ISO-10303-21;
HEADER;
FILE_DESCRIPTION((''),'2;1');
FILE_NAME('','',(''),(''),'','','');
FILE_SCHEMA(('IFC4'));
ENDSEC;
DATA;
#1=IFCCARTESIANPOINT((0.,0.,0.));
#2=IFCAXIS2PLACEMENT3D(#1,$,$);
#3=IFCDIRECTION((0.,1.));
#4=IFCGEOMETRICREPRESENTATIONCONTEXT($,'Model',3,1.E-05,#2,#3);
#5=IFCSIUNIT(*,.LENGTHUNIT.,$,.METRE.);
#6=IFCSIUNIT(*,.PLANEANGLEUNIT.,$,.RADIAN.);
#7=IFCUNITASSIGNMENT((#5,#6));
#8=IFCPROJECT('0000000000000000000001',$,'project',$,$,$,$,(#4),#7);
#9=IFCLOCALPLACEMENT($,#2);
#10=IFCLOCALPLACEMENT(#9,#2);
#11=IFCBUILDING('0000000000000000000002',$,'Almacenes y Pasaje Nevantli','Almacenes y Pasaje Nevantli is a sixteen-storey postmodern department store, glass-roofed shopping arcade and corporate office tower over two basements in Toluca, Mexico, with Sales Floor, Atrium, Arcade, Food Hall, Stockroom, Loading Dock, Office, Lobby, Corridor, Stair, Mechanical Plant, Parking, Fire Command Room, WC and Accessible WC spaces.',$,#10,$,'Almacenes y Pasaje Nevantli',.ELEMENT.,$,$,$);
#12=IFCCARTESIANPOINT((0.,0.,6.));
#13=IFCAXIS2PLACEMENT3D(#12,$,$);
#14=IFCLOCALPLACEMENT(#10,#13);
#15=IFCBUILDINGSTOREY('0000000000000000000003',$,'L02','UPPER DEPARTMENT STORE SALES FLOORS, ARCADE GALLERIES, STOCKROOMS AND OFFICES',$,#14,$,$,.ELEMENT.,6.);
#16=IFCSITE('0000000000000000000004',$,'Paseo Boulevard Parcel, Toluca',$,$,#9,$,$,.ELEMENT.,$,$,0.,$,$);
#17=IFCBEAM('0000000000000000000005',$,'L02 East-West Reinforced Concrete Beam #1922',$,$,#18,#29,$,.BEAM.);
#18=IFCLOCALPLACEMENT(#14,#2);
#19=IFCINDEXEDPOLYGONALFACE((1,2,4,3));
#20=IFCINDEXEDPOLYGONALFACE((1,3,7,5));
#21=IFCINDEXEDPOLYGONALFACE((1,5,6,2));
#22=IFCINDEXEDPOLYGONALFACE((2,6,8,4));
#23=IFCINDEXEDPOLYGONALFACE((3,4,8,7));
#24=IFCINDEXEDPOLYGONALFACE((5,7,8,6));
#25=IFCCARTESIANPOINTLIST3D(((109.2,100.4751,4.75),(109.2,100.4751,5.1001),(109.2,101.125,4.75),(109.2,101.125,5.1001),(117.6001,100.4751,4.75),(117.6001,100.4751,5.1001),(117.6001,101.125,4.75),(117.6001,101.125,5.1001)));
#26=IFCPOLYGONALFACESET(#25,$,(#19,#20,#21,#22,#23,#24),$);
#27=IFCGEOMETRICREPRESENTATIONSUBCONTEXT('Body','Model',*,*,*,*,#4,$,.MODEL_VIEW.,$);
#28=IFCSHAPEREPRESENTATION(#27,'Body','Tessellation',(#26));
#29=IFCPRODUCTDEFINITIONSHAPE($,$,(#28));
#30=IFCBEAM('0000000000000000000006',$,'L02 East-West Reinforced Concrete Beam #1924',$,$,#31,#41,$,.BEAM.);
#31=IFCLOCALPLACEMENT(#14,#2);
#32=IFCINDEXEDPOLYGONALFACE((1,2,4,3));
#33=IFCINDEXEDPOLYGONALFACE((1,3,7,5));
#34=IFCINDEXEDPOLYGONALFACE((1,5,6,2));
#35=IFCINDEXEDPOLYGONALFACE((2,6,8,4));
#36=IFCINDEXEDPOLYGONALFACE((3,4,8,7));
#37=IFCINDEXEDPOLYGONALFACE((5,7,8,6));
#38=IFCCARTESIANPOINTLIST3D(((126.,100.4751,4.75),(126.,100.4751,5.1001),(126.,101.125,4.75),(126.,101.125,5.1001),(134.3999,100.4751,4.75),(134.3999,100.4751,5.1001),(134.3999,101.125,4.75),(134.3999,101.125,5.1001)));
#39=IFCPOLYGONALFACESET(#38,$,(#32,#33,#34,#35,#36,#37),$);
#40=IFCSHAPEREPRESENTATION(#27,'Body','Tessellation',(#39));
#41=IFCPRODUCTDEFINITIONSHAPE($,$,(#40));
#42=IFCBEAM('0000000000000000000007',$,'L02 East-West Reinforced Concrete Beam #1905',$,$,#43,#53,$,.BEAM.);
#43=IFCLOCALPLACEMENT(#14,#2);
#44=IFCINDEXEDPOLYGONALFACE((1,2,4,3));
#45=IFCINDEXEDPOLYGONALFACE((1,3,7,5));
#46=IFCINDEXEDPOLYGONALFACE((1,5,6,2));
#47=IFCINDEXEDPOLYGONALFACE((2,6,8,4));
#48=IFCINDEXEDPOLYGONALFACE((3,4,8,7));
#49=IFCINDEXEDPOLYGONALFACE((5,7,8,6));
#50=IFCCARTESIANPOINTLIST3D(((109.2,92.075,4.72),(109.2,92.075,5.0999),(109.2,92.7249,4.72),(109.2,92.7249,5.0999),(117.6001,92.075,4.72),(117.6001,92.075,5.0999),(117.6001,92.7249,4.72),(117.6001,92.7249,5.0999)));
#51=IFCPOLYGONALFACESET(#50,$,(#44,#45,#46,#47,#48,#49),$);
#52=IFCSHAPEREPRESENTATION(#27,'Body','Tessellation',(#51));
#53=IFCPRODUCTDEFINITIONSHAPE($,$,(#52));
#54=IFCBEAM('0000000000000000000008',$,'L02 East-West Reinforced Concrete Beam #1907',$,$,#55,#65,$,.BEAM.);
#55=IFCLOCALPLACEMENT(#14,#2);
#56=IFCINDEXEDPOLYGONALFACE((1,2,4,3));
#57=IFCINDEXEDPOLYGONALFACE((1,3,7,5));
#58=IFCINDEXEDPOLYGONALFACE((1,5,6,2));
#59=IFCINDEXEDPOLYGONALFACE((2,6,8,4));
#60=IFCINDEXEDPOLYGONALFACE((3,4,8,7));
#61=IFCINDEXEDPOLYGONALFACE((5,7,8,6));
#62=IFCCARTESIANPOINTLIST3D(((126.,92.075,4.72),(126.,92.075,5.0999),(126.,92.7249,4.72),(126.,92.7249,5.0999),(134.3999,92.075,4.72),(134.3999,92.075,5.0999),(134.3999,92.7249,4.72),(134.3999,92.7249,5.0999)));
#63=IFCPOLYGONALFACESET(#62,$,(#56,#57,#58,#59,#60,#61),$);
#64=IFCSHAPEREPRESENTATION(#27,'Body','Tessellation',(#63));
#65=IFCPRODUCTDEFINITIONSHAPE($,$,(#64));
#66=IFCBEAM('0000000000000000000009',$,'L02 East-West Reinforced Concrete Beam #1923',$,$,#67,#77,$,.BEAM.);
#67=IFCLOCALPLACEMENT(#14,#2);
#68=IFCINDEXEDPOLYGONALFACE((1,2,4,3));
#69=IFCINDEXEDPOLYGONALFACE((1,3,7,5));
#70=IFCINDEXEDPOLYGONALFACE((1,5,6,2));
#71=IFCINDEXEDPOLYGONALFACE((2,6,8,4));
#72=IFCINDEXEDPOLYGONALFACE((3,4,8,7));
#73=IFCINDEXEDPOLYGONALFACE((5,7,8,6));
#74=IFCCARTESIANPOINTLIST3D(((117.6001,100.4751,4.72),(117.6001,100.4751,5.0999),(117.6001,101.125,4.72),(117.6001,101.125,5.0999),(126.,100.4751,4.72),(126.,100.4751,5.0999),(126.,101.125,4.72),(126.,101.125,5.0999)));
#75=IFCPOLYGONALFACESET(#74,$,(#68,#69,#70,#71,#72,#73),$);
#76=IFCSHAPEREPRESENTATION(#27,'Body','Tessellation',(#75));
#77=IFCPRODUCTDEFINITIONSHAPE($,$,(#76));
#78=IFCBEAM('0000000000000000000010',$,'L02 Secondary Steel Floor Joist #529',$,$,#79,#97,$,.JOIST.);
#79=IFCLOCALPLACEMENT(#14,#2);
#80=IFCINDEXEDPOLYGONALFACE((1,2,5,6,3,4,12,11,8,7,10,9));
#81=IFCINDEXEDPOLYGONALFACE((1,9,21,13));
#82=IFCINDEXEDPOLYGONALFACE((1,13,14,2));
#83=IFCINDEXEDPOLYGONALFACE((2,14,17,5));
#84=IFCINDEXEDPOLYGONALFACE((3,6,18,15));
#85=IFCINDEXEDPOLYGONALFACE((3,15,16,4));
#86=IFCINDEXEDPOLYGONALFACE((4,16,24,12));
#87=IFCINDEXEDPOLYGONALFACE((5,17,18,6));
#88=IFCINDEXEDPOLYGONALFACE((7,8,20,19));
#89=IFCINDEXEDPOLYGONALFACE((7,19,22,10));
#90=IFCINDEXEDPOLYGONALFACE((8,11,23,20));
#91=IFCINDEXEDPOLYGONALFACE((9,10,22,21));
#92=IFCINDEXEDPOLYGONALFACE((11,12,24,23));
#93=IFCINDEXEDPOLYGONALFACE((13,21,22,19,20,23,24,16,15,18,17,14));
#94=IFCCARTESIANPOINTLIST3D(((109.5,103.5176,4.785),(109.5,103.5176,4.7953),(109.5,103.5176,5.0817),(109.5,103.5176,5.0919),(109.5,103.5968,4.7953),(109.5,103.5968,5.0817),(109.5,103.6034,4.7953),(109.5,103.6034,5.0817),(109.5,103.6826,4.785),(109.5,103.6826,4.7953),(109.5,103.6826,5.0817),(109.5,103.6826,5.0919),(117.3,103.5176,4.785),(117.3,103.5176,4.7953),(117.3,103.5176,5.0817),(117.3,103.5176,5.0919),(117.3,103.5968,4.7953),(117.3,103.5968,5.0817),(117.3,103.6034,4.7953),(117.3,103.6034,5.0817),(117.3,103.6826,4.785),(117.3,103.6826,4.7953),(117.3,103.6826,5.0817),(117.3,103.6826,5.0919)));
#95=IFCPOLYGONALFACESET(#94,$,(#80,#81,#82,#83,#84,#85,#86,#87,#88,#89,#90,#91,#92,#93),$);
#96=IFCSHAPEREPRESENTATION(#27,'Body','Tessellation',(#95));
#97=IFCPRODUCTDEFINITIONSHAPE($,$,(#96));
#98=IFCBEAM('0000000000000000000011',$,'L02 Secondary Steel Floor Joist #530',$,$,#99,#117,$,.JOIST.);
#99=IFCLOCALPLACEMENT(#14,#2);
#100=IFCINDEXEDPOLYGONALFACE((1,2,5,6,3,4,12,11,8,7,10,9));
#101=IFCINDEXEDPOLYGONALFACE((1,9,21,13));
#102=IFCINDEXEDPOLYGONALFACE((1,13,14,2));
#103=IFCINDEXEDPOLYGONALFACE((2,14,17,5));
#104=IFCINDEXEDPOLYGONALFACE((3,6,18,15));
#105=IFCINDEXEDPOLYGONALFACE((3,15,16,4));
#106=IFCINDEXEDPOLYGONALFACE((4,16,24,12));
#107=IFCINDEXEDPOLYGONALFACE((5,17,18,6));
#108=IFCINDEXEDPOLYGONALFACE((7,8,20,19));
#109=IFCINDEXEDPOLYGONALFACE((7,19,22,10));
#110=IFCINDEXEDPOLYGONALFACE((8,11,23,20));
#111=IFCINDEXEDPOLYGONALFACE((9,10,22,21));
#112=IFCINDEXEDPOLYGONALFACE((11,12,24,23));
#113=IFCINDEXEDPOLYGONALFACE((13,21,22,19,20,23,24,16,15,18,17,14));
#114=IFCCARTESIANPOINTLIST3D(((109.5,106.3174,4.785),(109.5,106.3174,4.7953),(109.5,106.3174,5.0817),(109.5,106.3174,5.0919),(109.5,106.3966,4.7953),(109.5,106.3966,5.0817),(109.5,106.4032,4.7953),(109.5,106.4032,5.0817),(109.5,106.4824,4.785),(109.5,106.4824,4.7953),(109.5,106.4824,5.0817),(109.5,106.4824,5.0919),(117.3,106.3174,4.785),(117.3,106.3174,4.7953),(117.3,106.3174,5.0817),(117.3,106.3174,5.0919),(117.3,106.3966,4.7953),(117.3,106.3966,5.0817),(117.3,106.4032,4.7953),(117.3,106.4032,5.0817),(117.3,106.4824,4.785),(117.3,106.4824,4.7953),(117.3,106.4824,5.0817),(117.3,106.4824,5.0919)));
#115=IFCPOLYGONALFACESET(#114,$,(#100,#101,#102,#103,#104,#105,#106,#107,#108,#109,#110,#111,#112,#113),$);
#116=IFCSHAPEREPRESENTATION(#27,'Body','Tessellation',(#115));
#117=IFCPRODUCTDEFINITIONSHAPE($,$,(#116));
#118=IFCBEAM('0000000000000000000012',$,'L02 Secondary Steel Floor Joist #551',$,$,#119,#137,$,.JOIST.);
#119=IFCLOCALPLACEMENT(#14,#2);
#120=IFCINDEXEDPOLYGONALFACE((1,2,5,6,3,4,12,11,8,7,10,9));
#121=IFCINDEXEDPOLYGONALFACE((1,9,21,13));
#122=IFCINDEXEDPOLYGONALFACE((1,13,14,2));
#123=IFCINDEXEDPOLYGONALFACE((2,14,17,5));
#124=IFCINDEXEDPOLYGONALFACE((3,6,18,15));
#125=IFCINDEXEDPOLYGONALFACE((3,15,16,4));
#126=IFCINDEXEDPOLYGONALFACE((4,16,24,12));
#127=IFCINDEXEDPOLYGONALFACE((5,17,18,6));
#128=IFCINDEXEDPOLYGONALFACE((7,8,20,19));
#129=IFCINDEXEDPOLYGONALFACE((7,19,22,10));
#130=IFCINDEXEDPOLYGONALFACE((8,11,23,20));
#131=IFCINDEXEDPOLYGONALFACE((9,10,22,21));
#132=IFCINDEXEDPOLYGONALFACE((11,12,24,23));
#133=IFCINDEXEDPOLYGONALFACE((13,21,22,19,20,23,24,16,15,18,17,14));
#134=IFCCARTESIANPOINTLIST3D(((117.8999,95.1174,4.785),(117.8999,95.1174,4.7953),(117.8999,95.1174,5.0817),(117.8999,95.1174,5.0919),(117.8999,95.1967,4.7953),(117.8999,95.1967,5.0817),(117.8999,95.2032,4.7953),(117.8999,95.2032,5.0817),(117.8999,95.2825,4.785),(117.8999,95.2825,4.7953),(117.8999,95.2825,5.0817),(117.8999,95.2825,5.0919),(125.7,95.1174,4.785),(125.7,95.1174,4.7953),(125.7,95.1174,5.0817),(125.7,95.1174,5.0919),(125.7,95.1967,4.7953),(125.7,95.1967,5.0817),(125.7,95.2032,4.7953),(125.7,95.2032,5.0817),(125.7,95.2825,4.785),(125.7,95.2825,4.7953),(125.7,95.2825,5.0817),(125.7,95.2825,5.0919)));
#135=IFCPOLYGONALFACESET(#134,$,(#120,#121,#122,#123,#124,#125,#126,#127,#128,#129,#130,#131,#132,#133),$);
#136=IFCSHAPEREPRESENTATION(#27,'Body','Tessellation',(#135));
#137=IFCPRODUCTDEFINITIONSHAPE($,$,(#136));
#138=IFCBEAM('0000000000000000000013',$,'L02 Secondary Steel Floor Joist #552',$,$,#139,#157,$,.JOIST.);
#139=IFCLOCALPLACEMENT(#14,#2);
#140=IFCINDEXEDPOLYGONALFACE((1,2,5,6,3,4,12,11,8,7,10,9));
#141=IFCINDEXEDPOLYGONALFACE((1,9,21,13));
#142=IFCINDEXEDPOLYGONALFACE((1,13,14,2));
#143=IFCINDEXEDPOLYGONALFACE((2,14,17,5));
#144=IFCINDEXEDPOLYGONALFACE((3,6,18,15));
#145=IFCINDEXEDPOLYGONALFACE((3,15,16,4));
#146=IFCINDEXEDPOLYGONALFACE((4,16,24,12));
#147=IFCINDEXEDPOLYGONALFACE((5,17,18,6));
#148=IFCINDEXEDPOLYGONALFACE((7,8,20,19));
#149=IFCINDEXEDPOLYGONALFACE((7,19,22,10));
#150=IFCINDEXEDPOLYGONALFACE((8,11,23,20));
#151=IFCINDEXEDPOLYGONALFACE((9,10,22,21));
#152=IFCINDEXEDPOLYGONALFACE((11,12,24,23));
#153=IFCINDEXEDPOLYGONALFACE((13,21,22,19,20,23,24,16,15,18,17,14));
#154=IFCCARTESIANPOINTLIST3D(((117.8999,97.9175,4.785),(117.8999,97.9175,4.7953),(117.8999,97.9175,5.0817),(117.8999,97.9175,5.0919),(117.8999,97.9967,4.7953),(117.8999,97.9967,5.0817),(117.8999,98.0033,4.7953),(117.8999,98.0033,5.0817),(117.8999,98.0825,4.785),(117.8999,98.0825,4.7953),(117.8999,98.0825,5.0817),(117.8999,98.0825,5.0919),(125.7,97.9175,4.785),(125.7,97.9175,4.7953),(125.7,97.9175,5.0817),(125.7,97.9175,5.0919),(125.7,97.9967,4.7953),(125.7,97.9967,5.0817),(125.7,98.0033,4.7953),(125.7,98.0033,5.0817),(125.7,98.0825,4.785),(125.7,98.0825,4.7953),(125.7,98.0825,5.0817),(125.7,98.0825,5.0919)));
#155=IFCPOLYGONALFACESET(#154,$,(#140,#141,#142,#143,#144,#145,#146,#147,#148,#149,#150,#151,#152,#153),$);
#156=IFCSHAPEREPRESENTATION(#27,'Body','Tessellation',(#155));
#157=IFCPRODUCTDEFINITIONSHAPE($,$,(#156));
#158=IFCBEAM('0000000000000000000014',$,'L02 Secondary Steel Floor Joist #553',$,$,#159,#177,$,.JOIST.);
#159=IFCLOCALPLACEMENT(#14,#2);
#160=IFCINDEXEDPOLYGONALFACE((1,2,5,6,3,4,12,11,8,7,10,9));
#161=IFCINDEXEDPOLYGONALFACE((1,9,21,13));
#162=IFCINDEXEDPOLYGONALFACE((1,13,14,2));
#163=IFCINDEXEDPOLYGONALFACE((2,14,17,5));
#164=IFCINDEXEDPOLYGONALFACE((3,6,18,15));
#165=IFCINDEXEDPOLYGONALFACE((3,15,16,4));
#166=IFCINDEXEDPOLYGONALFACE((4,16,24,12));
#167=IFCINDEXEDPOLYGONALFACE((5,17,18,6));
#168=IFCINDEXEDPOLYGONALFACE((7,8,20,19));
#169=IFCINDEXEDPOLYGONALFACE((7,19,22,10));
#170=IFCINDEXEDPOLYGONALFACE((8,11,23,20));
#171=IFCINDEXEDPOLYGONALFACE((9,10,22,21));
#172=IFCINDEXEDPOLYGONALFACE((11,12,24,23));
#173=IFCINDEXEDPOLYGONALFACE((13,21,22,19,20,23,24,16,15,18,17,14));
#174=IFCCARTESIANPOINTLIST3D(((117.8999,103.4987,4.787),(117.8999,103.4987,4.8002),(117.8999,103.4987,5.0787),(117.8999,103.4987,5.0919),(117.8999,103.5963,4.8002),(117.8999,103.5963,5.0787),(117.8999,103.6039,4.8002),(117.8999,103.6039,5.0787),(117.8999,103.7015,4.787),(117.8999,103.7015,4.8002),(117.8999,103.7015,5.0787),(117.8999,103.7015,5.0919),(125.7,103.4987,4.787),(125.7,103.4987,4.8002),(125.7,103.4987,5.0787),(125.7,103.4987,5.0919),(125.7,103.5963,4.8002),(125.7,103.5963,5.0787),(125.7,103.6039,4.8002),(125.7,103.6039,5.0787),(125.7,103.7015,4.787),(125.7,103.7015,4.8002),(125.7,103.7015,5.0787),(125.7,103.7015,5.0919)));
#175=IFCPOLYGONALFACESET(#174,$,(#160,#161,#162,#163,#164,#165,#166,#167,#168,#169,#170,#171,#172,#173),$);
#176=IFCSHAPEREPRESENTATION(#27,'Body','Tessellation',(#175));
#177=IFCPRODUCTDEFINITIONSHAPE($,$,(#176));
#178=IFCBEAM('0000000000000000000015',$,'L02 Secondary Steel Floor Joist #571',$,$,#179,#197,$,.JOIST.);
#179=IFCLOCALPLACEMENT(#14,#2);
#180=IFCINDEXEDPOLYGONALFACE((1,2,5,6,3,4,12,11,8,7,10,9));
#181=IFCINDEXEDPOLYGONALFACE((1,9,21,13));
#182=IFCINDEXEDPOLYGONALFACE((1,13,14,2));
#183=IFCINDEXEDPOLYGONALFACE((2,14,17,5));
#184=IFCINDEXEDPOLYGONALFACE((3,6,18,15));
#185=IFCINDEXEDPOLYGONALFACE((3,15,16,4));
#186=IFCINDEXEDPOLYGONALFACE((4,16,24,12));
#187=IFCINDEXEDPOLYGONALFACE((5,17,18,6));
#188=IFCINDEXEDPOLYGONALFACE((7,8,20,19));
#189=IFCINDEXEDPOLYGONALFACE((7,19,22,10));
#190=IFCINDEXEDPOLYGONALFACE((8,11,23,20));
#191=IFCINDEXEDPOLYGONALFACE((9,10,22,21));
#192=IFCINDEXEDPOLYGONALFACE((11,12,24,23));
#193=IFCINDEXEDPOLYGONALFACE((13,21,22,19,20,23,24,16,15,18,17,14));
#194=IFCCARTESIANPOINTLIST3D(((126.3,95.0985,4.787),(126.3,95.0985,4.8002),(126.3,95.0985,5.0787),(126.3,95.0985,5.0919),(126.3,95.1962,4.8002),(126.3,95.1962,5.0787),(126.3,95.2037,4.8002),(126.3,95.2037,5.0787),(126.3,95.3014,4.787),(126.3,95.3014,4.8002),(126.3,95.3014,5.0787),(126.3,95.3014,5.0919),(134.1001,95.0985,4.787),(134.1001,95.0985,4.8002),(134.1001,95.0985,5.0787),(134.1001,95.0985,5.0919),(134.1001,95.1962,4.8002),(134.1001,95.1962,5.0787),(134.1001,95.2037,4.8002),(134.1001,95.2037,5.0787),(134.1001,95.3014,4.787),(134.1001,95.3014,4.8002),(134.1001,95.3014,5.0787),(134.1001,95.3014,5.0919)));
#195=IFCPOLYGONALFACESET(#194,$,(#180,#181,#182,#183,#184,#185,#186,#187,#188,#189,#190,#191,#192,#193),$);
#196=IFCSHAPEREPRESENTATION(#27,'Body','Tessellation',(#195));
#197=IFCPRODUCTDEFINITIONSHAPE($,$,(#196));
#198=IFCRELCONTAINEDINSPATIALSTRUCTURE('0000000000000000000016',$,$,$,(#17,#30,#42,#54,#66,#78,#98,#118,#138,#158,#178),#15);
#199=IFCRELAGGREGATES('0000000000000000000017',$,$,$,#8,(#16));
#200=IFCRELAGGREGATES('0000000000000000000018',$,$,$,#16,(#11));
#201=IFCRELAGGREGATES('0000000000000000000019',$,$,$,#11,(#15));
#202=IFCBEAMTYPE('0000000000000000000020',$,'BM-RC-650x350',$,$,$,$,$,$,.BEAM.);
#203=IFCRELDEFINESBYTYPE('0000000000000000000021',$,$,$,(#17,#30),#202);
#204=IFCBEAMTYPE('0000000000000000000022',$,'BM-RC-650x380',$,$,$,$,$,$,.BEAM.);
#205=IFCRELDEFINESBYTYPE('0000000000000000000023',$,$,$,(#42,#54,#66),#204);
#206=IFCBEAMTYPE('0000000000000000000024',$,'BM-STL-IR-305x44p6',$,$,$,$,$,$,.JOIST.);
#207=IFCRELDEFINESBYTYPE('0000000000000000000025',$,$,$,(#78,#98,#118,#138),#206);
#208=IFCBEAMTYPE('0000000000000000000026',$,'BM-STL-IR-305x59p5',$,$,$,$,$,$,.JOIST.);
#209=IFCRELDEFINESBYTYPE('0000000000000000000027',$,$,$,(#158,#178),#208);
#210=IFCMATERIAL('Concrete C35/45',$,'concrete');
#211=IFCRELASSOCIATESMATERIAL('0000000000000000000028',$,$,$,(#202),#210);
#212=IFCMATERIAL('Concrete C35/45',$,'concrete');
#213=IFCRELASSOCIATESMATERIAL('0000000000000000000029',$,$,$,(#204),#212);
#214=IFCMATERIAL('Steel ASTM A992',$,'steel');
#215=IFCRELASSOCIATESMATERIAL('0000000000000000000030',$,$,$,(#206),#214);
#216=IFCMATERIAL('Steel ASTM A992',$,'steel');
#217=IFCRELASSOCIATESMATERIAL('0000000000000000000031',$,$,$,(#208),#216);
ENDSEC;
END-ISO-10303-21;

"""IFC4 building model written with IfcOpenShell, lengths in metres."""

from ifc_helpers import new_model, si_unit, direction, frame, origin, origin_2d, place, context, subcontext, project, spatial, rectangle, i_section, extrude, material, material_profile, profile_set, type_object, element, save


model = new_model("IFC4")

# Units and contexts
model_context = context("Model", 3, precision=1e-05, world=origin(), true_north=direction((0.0, 1.0)))
body_context = subcontext(model_context, "Body", "Model", "MODEL_VIEW")
ifc_project = project(units=[si_unit("LENGTHUNIT", "METRE"), si_unit("PLANEANGLEUNIT", "RADIAN")], contexts=[model_context])

# Site, building, storey
site_placement = place(None, origin())
site = spatial("IfcSite", under=ifc_project, at=site_placement, Name="Paseo Boulevard Parcel, Toluca", CompositionType="ELEMENT", RefElevation=0.0)
building_placement = place(site_placement, origin())
building = spatial("IfcBuilding", under=site, at=building_placement, Name="Almacenes y Pasaje Nevantli", Description="Almacenes y Pasaje Nevantli is a sixteen-storey postmodern department store, glass-roofed shopping arcade and corporate office tower over two basements in Toluca, Mexico, with Sales Floor, Atrium, Arcade, Food Hall, Stockroom, Loading Dock, Office, Lobby, Corridor, Stair, Mechanical Plant, Parking, Fire Command Room, WC and Accessible WC spaces.", LongName="Almacenes y Pasaje Nevantli", CompositionType="ELEMENT")
storey_placement = place(building_placement, frame((0.0, 0.0, 6.0)))
storey = spatial("IfcBuildingStorey", under=building, at=storey_placement, Name="L02", Description="UPPER DEPARTMENT STORE SALES FLOORS, ARCADE GALLERIES, STOCKROOMS AND OFFICES", CompositionType="ELEMENT", Elevation=6.0)

# Beams
ifc_material_1 = material(Name="Concrete C35/45", Category="concrete")
ifc_material_profile_1 = material_profile(ifc_material_1, rectangle(XDim=0.6499, YDim=0.3501, at=origin_2d()), Name="RC-BM-650x350")
ifc_profile_set_1 = profile_set([ifc_material_profile_1], Name="Concrete C35/45")
beam_type_1 = type_object("IfcBeamType", Name="BM-RC-650x350", PredefinedType="BEAM", material=ifc_profile_set_1)
beam_1_placement = place(storey_placement, frame((109.2, 100.8, 4.925), z_axis=(1.0, 0.0, 0.0), x_axis=(0.0, 1.0, 0.0)))
element("IfcBeam", 1, at=beam_1_placement, inside=storey, type_object=beam_type_1, Name="L02 East-West Reinforced Concrete Beam #1922", PredefinedType="BEAM", context=body_context, shape_type="SweptSolid", body=[
    extrude(rectangle(XDim=0.6499, YDim=0.3501, at=origin_2d()), origin(), (0.0, 0.0, 1.0), 8.4001),
])
beam_2_placement = place(storey_placement, frame((126.0, 100.8, 4.925), z_axis=(1.0, 0.0, 0.0), x_axis=(0.0, 1.0, 0.0)))
element("IfcBeam", 2, at=beam_2_placement, inside=storey, type_object=beam_type_1, Name="L02 East-West Reinforced Concrete Beam #1924", PredefinedType="BEAM", context=body_context, shape_type="SweptSolid", body=[
    extrude(rectangle(XDim=0.6499, YDim=0.3501, at=origin_2d()), origin(), (0.0, 0.0, 1.0), 8.3999),
])
ifc_material_2 = material(Name="Concrete C35/45", Category="concrete")
ifc_material_profile_2 = material_profile(ifc_material_2, rectangle(XDim=0.6499, YDim=0.3799, at=origin_2d()), Name="RC-BM-650x380")
ifc_profile_set_2 = profile_set([ifc_material_profile_2], Name="Concrete C35/45")
beam_type_2 = type_object("IfcBeamType", Name="BM-RC-650x380", PredefinedType="BEAM", material=ifc_profile_set_2)
beam_3_placement = place(storey_placement, frame((109.2, 92.3999, 4.9099), z_axis=(1.0, 0.0, 0.0), x_axis=(0.0, 1.0, 0.0)))
element("IfcBeam", 3, at=beam_3_placement, inside=storey, type_object=beam_type_2, Name="L02 East-West Reinforced Concrete Beam #1905", PredefinedType="BEAM", context=body_context, shape_type="SweptSolid", body=[
    extrude(rectangle(XDim=0.6499, YDim=0.3799, at=origin_2d()), origin(), (0.0, 0.0, 1.0), 8.4001),
])
for number, where, z_axis, x_axis, name in (
    (4, (126.0, 92.3999, 4.9099), (1.0, 0.0, 0.0), (0.0, 1.0, 0.0), "L02 East-West Reinforced Concrete Beam #1907"),
    (5, (117.6001, 100.8, 4.9099), (1.0, 0.0, 0.0), (0.0, 1.0, 0.0), "L02 East-West Reinforced Concrete Beam #1923"),
):
    element("IfcBeam", number, at=place(storey_placement, frame(where, z_axis=z_axis, x_axis=x_axis)), inside=storey, type_object=beam_type_2, Name=name, PredefinedType="BEAM", context=body_context, shape_type="SweptSolid", body=[
        extrude(rectangle(XDim=0.6499, YDim=0.3799, at=origin_2d()), origin(), (0.0, 0.0, 1.0), 8.3999),
    ])
ifc_material_3 = material(Name="Steel ASTM A992", Category="steel")
ifc_material_profile_3 = material_profile(ifc_material_3, i_section(OverallWidth=0.165, OverallDepth=0.3069, WebThickness=0.0066, FlangeThickness=0.0103, at=origin_2d()), Name="IR 305x44.6")
ifc_profile_set_3 = profile_set([ifc_material_profile_3], Name="Steel ASTM A992")
beam_type_3 = type_object("IfcBeamType", Name="BM-STL-IR-305x44p6", PredefinedType="JOIST", material=ifc_profile_set_3)
for number, where, z_axis, x_axis, name in (
    (6, (109.5, 103.6001, 4.9385), (1.0, 0.0, 0.0), (0.0, 1.0, 0.0), "L02 Secondary Steel Floor Joist #529"),
    (7, (109.5, 106.3999, 4.9385), (1.0, 0.0, 0.0), (0.0, 1.0, 0.0), "L02 Secondary Steel Floor Joist #530"),
    (8, (117.8999, 95.2, 4.9385), (1.0, 0.0, 0.0), (0.0, 1.0, 0.0), "L02 Secondary Steel Floor Joist #551"),
    (9, (117.8999, 98.0, 4.9385), (1.0, 0.0, 0.0), (0.0, 1.0, 0.0), "L02 Secondary Steel Floor Joist #552"),
):
    element("IfcBeam", number, at=place(storey_placement, frame(where, z_axis=z_axis, x_axis=x_axis)), inside=storey, type_object=beam_type_3, Name=name, PredefinedType="JOIST", context=body_context, shape_type="SweptSolid", body=[
        extrude(i_section(OverallWidth=0.165, OverallDepth=0.3069, WebThickness=0.0066, FlangeThickness=0.0103, at=origin_2d()), origin(), (0.0, 0.0, 1.0), 7.8),
    ])
ifc_material_4 = material(Name="Steel ASTM A992", Category="steel")
ifc_material_profile_4 = material_profile(ifc_material_4, i_section(OverallWidth=0.2029, OverallDepth=0.3049, WebThickness=0.0076, FlangeThickness=0.0132, at=origin_2d()), Name="IR 305x59.5")
ifc_profile_set_4 = profile_set([ifc_material_profile_4], Name="Steel ASTM A992")
beam_type_4 = type_object("IfcBeamType", Name="BM-STL-IR-305x59p5", PredefinedType="JOIST", material=ifc_profile_set_4)
for number, where, z_axis, x_axis, name in (
    (10, (117.8999, 103.6001, 4.9395), (1.0, 0.0, 0.0), (0.0, 1.0, 0.0), "L02 Secondary Steel Floor Joist #553"),
    (11, (126.3, 95.2, 4.9395), (1.0, 0.0, 0.0), (0.0, 1.0, 0.0), "L02 Secondary Steel Floor Joist #571"),
):
    element("IfcBeam", number, at=place(storey_placement, frame(where, z_axis=z_axis, x_axis=x_axis)), inside=storey, type_object=beam_type_4, Name=name, PredefinedType="JOIST", context=body_context, shape_type="SweptSolid", body=[
        extrude(i_section(OverallWidth=0.2029, OverallDepth=0.3049, WebThickness=0.0076, FlangeThickness=0.0132, at=origin_2d()), origin(), (0.0, 0.0, 1.0), 7.8),
    ])

save(model, "model.ifc")
